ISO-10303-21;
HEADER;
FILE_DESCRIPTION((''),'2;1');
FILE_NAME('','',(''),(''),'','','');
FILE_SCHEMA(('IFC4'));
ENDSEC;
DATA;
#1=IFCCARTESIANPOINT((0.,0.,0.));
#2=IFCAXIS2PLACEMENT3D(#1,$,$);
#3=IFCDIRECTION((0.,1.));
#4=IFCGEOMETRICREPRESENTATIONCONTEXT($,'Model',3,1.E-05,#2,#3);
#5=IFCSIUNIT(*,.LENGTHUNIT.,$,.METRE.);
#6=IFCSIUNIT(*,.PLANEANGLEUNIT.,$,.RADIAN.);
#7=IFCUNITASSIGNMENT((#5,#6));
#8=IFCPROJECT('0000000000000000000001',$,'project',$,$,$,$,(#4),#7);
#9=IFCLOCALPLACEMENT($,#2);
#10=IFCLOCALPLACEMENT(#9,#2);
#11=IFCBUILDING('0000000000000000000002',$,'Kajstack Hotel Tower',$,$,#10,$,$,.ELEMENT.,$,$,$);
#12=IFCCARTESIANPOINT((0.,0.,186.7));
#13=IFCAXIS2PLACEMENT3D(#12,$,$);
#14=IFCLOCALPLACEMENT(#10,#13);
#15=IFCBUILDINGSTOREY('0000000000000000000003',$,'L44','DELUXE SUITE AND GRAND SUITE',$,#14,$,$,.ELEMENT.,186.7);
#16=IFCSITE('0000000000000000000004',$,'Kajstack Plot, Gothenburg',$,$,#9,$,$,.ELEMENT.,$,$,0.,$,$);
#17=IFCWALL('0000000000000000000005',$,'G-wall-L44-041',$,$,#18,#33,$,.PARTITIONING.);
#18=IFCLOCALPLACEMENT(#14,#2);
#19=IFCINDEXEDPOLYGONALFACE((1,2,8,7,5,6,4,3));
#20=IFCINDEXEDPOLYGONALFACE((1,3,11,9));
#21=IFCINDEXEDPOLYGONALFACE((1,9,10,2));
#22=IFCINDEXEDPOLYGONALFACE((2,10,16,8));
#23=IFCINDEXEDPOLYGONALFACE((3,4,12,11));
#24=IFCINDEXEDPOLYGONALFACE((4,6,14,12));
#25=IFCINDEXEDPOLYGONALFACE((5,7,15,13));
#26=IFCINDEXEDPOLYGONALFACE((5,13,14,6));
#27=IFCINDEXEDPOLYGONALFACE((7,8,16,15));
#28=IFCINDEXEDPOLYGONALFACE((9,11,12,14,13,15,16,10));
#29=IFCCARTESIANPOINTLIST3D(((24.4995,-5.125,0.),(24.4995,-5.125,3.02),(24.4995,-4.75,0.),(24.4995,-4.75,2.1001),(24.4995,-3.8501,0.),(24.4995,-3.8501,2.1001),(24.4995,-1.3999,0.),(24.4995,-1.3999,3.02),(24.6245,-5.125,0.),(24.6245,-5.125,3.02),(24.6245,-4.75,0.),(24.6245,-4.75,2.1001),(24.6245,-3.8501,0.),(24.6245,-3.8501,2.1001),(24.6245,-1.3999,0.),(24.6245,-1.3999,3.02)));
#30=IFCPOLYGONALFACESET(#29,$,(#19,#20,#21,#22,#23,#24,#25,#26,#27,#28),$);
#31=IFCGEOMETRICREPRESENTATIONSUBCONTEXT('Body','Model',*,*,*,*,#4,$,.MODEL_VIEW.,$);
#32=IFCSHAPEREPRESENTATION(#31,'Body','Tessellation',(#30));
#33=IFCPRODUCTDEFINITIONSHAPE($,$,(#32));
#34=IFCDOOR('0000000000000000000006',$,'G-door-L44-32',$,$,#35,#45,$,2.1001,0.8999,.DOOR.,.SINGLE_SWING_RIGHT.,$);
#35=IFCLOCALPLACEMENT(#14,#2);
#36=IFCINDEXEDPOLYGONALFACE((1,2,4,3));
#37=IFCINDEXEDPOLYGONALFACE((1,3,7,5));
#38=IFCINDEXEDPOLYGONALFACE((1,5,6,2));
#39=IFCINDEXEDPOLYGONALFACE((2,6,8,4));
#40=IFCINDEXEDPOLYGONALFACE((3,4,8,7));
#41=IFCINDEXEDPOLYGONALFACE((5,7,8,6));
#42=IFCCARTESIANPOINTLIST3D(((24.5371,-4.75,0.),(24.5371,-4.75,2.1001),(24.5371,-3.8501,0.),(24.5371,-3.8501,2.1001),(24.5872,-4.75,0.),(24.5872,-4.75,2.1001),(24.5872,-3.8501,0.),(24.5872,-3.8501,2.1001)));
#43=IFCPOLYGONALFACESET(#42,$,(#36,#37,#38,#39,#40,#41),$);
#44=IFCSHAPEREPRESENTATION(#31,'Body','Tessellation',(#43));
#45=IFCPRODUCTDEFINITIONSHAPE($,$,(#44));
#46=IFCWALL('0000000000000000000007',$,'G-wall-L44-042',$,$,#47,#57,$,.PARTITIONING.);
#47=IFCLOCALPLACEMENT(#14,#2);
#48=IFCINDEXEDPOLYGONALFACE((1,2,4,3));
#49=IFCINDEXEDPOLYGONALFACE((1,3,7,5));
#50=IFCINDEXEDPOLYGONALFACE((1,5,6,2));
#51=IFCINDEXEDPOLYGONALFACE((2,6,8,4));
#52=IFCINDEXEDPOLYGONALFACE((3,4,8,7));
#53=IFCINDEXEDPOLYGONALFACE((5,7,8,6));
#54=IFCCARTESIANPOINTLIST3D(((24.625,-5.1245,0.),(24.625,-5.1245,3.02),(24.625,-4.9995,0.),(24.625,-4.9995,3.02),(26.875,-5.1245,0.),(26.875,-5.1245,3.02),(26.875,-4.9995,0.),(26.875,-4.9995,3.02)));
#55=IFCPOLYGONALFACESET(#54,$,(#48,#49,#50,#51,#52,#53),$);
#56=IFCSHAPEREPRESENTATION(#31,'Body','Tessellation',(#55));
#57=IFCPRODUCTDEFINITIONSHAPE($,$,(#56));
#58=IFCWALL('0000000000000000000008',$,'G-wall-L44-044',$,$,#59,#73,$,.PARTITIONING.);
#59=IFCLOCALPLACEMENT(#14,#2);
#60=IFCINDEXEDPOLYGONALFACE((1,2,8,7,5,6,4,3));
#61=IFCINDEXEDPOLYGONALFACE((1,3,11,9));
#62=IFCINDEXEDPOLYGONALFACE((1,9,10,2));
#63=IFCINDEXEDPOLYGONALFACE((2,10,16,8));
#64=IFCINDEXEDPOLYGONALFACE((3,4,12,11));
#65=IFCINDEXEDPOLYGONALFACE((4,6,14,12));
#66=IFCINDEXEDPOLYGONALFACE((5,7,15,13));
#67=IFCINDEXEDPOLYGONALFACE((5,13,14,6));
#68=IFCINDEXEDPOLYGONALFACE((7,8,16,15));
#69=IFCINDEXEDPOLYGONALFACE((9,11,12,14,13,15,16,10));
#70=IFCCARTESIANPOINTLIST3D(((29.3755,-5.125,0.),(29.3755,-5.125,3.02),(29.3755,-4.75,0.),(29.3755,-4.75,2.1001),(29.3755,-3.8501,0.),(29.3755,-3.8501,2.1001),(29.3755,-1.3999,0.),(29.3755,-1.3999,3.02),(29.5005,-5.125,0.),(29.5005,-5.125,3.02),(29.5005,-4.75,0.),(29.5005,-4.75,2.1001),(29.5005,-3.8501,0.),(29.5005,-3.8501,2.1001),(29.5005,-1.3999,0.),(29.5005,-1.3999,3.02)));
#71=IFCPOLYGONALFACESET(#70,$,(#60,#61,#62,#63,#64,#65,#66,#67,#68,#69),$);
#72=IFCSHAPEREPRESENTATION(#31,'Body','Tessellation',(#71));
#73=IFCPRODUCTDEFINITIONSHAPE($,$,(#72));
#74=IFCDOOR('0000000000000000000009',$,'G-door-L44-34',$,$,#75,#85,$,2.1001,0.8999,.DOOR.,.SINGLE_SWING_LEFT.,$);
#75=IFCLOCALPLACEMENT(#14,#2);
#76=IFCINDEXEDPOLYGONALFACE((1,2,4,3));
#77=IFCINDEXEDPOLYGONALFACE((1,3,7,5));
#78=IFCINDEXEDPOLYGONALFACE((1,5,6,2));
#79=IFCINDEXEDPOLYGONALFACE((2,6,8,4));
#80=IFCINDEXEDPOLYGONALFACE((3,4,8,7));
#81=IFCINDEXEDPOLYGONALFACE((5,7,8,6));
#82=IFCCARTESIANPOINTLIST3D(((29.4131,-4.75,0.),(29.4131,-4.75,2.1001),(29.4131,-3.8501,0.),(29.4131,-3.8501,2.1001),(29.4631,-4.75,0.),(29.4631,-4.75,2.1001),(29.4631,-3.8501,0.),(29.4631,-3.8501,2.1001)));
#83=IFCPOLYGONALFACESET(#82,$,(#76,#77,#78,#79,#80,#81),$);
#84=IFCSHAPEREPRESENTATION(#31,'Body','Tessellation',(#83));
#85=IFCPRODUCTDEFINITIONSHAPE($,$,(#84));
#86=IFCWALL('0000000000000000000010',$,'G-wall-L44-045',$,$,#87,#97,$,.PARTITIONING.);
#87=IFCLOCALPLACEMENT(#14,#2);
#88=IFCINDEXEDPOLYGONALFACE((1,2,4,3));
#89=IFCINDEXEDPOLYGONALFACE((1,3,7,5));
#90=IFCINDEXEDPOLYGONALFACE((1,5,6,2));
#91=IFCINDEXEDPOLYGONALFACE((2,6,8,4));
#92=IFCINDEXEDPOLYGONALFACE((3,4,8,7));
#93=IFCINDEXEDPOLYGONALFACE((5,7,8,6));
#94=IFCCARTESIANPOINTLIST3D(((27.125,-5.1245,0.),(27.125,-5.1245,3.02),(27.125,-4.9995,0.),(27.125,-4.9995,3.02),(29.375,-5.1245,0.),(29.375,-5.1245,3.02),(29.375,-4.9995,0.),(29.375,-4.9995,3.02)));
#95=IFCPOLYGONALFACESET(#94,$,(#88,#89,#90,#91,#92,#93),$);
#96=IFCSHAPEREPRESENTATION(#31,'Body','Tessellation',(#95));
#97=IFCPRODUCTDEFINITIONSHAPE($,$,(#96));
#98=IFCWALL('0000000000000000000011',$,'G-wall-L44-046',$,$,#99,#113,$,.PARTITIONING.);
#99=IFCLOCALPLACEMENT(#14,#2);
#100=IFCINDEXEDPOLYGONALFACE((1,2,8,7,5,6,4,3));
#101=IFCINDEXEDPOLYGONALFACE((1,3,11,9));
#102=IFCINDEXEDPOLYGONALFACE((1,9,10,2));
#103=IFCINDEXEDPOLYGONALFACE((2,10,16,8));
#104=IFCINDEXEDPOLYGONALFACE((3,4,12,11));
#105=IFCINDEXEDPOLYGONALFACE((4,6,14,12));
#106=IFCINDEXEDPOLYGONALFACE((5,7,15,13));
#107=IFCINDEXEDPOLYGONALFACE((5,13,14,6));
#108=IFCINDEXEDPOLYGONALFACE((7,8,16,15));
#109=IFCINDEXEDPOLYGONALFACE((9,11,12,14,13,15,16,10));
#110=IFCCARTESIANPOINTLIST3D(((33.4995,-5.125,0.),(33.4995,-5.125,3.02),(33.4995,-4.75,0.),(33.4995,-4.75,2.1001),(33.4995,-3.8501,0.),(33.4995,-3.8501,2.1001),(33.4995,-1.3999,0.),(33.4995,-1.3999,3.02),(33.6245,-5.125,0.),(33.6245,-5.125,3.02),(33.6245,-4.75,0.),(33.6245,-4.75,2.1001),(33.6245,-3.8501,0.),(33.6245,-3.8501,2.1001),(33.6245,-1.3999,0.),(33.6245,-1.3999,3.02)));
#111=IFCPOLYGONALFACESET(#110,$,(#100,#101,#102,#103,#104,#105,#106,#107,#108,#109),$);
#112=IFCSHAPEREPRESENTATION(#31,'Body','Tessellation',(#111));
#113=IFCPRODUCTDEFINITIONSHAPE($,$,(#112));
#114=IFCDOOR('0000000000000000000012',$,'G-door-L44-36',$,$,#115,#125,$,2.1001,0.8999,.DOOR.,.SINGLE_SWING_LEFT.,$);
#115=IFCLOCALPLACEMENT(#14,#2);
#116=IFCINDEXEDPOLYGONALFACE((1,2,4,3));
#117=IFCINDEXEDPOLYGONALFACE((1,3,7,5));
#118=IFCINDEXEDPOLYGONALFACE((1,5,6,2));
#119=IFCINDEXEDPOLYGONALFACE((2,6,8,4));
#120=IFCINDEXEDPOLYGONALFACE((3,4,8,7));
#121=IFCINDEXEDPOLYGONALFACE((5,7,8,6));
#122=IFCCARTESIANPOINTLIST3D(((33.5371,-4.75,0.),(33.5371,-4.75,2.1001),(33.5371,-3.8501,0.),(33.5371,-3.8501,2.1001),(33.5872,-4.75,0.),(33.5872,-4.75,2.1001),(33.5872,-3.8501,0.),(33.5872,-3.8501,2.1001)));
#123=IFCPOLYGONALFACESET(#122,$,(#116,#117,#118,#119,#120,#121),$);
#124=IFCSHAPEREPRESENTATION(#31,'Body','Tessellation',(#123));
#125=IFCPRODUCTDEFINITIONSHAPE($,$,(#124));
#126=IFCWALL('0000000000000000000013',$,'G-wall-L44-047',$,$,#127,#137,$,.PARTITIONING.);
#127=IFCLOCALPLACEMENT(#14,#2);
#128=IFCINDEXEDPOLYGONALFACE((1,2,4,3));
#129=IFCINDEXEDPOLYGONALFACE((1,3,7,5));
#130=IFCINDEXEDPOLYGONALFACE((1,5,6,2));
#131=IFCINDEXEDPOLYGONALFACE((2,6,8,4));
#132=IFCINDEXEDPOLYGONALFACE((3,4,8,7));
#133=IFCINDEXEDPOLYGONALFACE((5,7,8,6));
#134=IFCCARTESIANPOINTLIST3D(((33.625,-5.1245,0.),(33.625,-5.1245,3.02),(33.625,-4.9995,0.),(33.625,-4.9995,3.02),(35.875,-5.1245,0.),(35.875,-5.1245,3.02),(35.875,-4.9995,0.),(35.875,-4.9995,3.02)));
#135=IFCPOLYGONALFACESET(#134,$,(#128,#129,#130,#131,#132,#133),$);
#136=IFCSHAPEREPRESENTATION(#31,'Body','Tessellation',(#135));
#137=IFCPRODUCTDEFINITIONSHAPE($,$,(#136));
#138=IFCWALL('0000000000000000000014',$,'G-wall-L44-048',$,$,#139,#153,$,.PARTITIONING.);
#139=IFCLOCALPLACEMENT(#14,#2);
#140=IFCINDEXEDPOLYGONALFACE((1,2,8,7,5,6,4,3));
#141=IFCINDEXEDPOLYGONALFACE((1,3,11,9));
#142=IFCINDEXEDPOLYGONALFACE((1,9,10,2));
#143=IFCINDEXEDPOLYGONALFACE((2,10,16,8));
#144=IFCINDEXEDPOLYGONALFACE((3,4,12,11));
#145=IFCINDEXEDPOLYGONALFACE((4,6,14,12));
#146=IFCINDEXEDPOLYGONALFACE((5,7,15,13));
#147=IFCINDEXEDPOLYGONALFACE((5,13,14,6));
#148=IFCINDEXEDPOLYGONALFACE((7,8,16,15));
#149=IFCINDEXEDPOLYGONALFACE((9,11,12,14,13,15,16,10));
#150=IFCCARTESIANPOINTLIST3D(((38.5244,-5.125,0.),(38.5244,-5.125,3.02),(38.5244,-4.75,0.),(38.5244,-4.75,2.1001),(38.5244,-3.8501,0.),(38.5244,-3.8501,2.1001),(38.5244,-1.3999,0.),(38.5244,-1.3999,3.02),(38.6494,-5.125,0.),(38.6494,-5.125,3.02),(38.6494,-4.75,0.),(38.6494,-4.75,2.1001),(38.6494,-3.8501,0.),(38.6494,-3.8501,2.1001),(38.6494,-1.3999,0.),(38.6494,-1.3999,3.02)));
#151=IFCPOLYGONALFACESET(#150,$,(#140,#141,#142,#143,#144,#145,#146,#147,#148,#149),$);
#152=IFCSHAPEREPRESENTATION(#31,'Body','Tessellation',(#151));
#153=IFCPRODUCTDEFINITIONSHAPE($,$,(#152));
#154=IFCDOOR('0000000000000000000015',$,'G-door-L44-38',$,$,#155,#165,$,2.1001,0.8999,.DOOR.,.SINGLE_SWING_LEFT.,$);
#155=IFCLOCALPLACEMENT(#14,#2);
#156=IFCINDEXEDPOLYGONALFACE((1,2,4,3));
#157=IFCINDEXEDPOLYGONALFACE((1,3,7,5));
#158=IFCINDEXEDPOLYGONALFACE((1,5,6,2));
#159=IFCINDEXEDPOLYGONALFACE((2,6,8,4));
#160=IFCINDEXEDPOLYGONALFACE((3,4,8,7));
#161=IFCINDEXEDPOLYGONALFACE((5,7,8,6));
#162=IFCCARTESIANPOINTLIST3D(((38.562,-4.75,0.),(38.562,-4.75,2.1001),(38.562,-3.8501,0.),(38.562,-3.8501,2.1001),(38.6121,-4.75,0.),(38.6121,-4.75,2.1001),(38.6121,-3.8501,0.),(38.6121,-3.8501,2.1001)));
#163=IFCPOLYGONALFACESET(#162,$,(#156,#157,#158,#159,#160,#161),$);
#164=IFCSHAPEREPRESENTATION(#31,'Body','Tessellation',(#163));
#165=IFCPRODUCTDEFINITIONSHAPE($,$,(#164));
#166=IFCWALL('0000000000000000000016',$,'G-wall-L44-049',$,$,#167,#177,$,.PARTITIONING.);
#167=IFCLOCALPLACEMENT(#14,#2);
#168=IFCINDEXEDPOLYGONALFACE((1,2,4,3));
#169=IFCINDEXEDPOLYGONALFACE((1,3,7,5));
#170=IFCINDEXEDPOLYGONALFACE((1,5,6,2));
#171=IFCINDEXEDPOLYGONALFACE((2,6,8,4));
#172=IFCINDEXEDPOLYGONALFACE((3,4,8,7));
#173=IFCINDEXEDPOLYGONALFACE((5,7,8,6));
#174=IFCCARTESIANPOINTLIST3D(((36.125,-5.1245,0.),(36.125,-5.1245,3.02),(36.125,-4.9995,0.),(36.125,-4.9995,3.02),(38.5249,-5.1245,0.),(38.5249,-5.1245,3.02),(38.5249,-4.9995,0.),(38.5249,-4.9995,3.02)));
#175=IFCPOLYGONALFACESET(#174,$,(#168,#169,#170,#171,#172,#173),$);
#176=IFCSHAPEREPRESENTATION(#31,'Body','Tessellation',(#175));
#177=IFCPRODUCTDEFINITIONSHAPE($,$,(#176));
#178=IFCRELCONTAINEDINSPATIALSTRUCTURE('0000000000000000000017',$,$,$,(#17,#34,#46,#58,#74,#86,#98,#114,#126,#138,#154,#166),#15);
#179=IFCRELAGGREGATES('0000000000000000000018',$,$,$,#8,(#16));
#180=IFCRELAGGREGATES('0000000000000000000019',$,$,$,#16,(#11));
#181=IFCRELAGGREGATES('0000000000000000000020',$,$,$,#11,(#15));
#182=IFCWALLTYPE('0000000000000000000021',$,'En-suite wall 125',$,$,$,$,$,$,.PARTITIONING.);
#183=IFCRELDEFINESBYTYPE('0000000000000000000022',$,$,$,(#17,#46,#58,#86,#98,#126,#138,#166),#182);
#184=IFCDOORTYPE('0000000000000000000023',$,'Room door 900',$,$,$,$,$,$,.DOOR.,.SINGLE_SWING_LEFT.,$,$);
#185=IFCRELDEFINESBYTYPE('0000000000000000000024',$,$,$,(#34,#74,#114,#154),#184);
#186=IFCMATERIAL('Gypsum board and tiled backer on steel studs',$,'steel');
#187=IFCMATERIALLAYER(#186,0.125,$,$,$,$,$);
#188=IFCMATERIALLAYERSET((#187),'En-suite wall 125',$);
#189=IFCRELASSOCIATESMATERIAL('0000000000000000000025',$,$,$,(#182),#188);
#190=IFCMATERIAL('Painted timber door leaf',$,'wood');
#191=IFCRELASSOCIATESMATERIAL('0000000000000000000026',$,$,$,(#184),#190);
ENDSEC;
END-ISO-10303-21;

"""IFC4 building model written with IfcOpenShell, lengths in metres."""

from ifc_helpers import new_model, si_unit, direction, frame, frame_2d, origin, place, context, subcontext, project, spatial, rectangle, extrude, material, layer, layer_set, type_object, element, fill, save


model = new_model("IFC4")

# Units and contexts
model_context = context("Model", 3, precision=1e-05, world=origin(), true_north=direction((0.0, 1.0)))
body_context = subcontext(model_context, "Body", "Model", "MODEL_VIEW")
ifc_project = project(units=[si_unit("LENGTHUNIT", "METRE"), si_unit("PLANEANGLEUNIT", "RADIAN")], contexts=[model_context])

# Site, building, storey
site_placement = place(None, origin())
site = spatial("IfcSite", under=ifc_project, at=site_placement, Name="Kajstack Plot, Gothenburg", CompositionType="ELEMENT", RefElevation=0.0)
building_placement = place(site_placement, origin())
building = spatial("IfcBuilding", under=site, at=building_placement, Name="Kajstack Hotel Tower", CompositionType="ELEMENT")
storey_placement = place(building_placement, frame((0.0, 0.0, 186.7)))
storey = spatial("IfcBuildingStorey", under=building, at=storey_placement, Name="L44", Description="DELUXE SUITE AND GRAND SUITE", CompositionType="ELEMENT", Elevation=186.7)

# Wall, opening, door
ifc_material_1 = material(Name="Gypsum board and tiled backer on steel studs", Category="steel")
ifc_layer_1 = layer(ifc_material_1, 0.125)
ifc_layer_set_1 = layer_set([ifc_layer_1], Name="En-suite wall 125")
wall_type_1 = type_object("IfcWallType", Name="En-suite wall 125", PredefinedType="PARTITIONING", material=ifc_layer_set_1)
wall_1_placement = place(storey_placement, frame((24.562, -5.125, 0.0), z_axis=(0.0, 0.0, 1.0), x_axis=(0.0, 1.0, 0.0)))
wall_1 = element("IfcWall", 1, at=wall_1_placement, inside=storey, type_object=wall_type_1, Name="G-wall-L44-041", PredefinedType="PARTITIONING", context=body_context, shape_type="SweptSolid", body=[
    extrude(rectangle(XDim=3.7251, YDim=0.125, at=frame_2d((1.8625, 0.0))), origin(), (0.0, 0.0, 1.0), 3.02),
])
opening_1_placement = place(wall_1_placement, frame((0.375, 0.0, 0.0)))
opening_1 = element("IfcOpeningElement", 2, at=opening_1_placement, cuts=wall_1, PredefinedType="OPENING", context=body_context, shape_type="SweptSolid", body=[
    extrude(rectangle(XDim=0.8999, YDim=2.1001, at=frame_2d((0.45, 1.05))), frame((0.0, 0.0725, 0.0), z_axis=(0.0, -1.0, 0.0), x_axis=(1.0, 0.0, 0.0)), (0.0, 0.0, 1.0), 0.145),
])
ifc_material_2 = material(Name="Painted timber door leaf", Category="wood")
door_type_1 = type_object("IfcDoorType", Name="Room door 900", OperationType="SINGLE_SWING_LEFT", PredefinedType="DOOR", material=ifc_material_2)
door_1_placement = place(opening_1_placement, origin())
door_1 = element("IfcDoor", 3, at=door_1_placement, inside=storey, type_object=door_type_1, Name="G-door-L44-32", OperationType="SINGLE_SWING_RIGHT", OverallHeight=2.1001, OverallWidth=0.8999, PredefinedType="DOOR", context=body_context, shape_type="SweptSolid", body=[
    extrude(rectangle(XDim=0.8999, YDim=2.1001, at=frame_2d((0.45, 1.05))), frame((0.0, 0.0249, 0.0), z_axis=(0.0, -1.0, 0.0), x_axis=(1.0, 0.0, 0.0)), (0.0, 0.0, 1.0), 0.05),
])
fill(opening_1, door_1)

# Wall
wall_2_placement = place(storey_placement, frame((24.625, -5.062, 0.0), z_axis=(0.0, 0.0, 1.0), x_axis=(1.0, 0.0, 0.0)))
element("IfcWall", 4, at=wall_2_placement, inside=storey, type_object=wall_type_1, Name="G-wall-L44-042", PredefinedType="PARTITIONING", context=body_context, shape_type="SweptSolid", body=[
    extrude(rectangle(XDim=2.25, YDim=0.125, at=frame_2d((1.125, 0.0))), origin(), (0.0, 0.0, 1.0), 3.02),
])

# Wall, opening, door
wall_3_placement = place(storey_placement, frame((29.438, -5.125, 0.0), z_axis=(0.0, 0.0, 1.0), x_axis=(0.0, 1.0, 0.0)))
wall_3 = element("IfcWall", 5, at=wall_3_placement, inside=storey, type_object=wall_type_1, Name="G-wall-L44-044", PredefinedType="PARTITIONING", context=body_context, shape_type="SweptSolid", body=[
    extrude(rectangle(XDim=3.7251, YDim=0.125, at=frame_2d((1.8625, 0.0))), origin(), (0.0, 0.0, 1.0), 3.02),
])
opening_2_placement = place(wall_3_placement, frame((0.375, 0.0, 0.0)))
opening_2 = element("IfcOpeningElement", 6, at=opening_2_placement, cuts=wall_3, PredefinedType="OPENING", context=body_context, shape_type="SweptSolid", body=[
    extrude(rectangle(XDim=0.8999, YDim=2.1001, at=frame_2d((0.45, 1.05))), frame((0.0, 0.0725, 0.0), z_axis=(0.0, -1.0, 0.0), x_axis=(1.0, 0.0, 0.0)), (0.0, 0.0, 1.0), 0.145),
])
door_2_placement = place(opening_2_placement, origin())
door_2 = element("IfcDoor", 7, at=door_2_placement, inside=storey, type_object=door_type_1, Name="G-door-L44-34", OperationType="SINGLE_SWING_LEFT", OverallHeight=2.1001, OverallWidth=0.8999, PredefinedType="DOOR", context=body_context, shape_type="SweptSolid", body=[
    extrude(rectangle(XDim=0.8999, YDim=2.1001, at=frame_2d((0.45, 1.05))), frame((0.0, 0.0249, 0.0), z_axis=(0.0, -1.0, 0.0), x_axis=(1.0, 0.0, 0.0)), (0.0, 0.0, 1.0), 0.05),
])
fill(opening_2, door_2)

# Wall
wall_4_placement = place(storey_placement, frame((27.125, -5.062, 0.0), z_axis=(0.0, 0.0, 1.0), x_axis=(1.0, 0.0, 0.0)))
element("IfcWall", 8, at=wall_4_placement, inside=storey, type_object=wall_type_1, Name="G-wall-L44-045", PredefinedType="PARTITIONING", context=body_context, shape_type="SweptSolid", body=[
    extrude(rectangle(XDim=2.25, YDim=0.125, at=frame_2d((1.125, 0.0))), origin(), (0.0, 0.0, 1.0), 3.02),
])

# Wall, opening, door
wall_5_placement = place(storey_placement, frame((33.562, -5.125, 0.0), z_axis=(0.0, 0.0, 1.0), x_axis=(0.0, 1.0, 0.0)))
wall_5 = element("IfcWall", 9, at=wall_5_placement, inside=storey, type_object=wall_type_1, Name="G-wall-L44-046", PredefinedType="PARTITIONING", context=body_context, shape_type="SweptSolid", body=[
    extrude(rectangle(XDim=3.7251, YDim=0.125, at=frame_2d((1.8625, 0.0))), origin(), (0.0, 0.0, 1.0), 3.02),
])
opening_3_placement = place(wall_5_placement, frame((0.375, 0.0, 0.0)))
opening_3 = element("IfcOpeningElement", 10, at=opening_3_placement, cuts=wall_5, PredefinedType="OPENING", context=body_context, shape_type="SweptSolid", body=[
    extrude(rectangle(XDim=0.8999, YDim=2.1001, at=frame_2d((0.45, 1.05))), frame((0.0, 0.0725, 0.0), z_axis=(0.0, -1.0, 0.0), x_axis=(1.0, 0.0, 0.0)), (0.0, 0.0, 1.0), 0.145),
])
door_3_placement = place(opening_3_placement, origin())
door_3 = element("IfcDoor", 11, at=door_3_placement, inside=storey, type_object=door_type_1, Name="G-door-L44-36", OperationType="SINGLE_SWING_LEFT", OverallHeight=2.1001, OverallWidth=0.8999, PredefinedType="DOOR", context=body_context, shape_type="SweptSolid", body=[
    extrude(rectangle(XDim=0.8999, YDim=2.1001, at=frame_2d((0.45, 1.05))), frame((0.0, 0.0249, 0.0), z_axis=(0.0, -1.0, 0.0), x_axis=(1.0, 0.0, 0.0)), (0.0, 0.0, 1.0), 0.05),
])
fill(opening_3, door_3)

# Wall
wall_6_placement = place(storey_placement, frame((33.625, -5.062, 0.0), z_axis=(0.0, 0.0, 1.0), x_axis=(1.0, 0.0, 0.0)))
element("IfcWall", 12, at=wall_6_placement, inside=storey, type_object=wall_type_1, Name="G-wall-L44-047", PredefinedType="PARTITIONING", context=body_context, shape_type="SweptSolid", body=[
    extrude(rectangle(XDim=2.25, YDim=0.125, at=frame_2d((1.125, 0.0))), origin(), (0.0, 0.0, 1.0), 3.02),
])

# Wall, opening, door
wall_7_placement = place(storey_placement, frame((38.5869, -5.125, 0.0), z_axis=(0.0, 0.0, 1.0), x_axis=(0.0, 1.0, 0.0)))
wall_7 = element("IfcWall", 13, at=wall_7_placement, inside=storey, type_object=wall_type_1, Name="G-wall-L44-048", PredefinedType="PARTITIONING", context=body_context, shape_type="SweptSolid", body=[
    extrude(rectangle(XDim=3.7251, YDim=0.125, at=frame_2d((1.8625, 0.0))), origin(), (0.0, 0.0, 1.0), 3.02),
])
opening_4_placement = place(wall_7_placement, frame((0.375, 0.0, 0.0)))
opening_4 = element("IfcOpeningElement", 14, at=opening_4_placement, cuts=wall_7, PredefinedType="OPENING", context=body_context, shape_type="SweptSolid", body=[
    extrude(rectangle(XDim=0.8999, YDim=2.1001, at=frame_2d((0.45, 1.05))), frame((0.0, 0.0725, 0.0), z_axis=(0.0, -1.0, 0.0), x_axis=(1.0, 0.0, 0.0)), (0.0, 0.0, 1.0), 0.145),
])
door_4_placement = place(opening_4_placement, origin())
door_4 = element("IfcDoor", 15, at=door_4_placement, inside=storey, type_object=door_type_1, Name="G-door-L44-38", OperationType="SINGLE_SWING_LEFT", OverallHeight=2.1001, OverallWidth=0.8999, PredefinedType="DOOR", context=body_context, shape_type="SweptSolid", body=[
    extrude(rectangle(XDim=0.8999, YDim=2.1001, at=frame_2d((0.45, 1.05))), frame((0.0, 0.0249, 0.0), z_axis=(0.0, -1.0, 0.0), x_axis=(1.0, 0.0, 0.0)), (0.0, 0.0, 1.0), 0.05),
])
fill(opening_4, door_4)

# Wall
wall_8_placement = place(storey_placement, frame((36.125, -5.062, 0.0), z_axis=(0.0, 0.0, 1.0), x_axis=(1.0, 0.0, 0.0)))
element("IfcWall", 16, at=wall_8_placement, inside=storey, type_object=wall_type_1, Name="G-wall-L44-049", PredefinedType="PARTITIONING", context=body_context, shape_type="SweptSolid", body=[
    extrude(rectangle(XDim=2.3999, YDim=0.125, at=frame_2d((1.2, 0.0))), origin(), (0.0, 0.0, 1.0), 3.02),
])

save(model, "model.ifc")
